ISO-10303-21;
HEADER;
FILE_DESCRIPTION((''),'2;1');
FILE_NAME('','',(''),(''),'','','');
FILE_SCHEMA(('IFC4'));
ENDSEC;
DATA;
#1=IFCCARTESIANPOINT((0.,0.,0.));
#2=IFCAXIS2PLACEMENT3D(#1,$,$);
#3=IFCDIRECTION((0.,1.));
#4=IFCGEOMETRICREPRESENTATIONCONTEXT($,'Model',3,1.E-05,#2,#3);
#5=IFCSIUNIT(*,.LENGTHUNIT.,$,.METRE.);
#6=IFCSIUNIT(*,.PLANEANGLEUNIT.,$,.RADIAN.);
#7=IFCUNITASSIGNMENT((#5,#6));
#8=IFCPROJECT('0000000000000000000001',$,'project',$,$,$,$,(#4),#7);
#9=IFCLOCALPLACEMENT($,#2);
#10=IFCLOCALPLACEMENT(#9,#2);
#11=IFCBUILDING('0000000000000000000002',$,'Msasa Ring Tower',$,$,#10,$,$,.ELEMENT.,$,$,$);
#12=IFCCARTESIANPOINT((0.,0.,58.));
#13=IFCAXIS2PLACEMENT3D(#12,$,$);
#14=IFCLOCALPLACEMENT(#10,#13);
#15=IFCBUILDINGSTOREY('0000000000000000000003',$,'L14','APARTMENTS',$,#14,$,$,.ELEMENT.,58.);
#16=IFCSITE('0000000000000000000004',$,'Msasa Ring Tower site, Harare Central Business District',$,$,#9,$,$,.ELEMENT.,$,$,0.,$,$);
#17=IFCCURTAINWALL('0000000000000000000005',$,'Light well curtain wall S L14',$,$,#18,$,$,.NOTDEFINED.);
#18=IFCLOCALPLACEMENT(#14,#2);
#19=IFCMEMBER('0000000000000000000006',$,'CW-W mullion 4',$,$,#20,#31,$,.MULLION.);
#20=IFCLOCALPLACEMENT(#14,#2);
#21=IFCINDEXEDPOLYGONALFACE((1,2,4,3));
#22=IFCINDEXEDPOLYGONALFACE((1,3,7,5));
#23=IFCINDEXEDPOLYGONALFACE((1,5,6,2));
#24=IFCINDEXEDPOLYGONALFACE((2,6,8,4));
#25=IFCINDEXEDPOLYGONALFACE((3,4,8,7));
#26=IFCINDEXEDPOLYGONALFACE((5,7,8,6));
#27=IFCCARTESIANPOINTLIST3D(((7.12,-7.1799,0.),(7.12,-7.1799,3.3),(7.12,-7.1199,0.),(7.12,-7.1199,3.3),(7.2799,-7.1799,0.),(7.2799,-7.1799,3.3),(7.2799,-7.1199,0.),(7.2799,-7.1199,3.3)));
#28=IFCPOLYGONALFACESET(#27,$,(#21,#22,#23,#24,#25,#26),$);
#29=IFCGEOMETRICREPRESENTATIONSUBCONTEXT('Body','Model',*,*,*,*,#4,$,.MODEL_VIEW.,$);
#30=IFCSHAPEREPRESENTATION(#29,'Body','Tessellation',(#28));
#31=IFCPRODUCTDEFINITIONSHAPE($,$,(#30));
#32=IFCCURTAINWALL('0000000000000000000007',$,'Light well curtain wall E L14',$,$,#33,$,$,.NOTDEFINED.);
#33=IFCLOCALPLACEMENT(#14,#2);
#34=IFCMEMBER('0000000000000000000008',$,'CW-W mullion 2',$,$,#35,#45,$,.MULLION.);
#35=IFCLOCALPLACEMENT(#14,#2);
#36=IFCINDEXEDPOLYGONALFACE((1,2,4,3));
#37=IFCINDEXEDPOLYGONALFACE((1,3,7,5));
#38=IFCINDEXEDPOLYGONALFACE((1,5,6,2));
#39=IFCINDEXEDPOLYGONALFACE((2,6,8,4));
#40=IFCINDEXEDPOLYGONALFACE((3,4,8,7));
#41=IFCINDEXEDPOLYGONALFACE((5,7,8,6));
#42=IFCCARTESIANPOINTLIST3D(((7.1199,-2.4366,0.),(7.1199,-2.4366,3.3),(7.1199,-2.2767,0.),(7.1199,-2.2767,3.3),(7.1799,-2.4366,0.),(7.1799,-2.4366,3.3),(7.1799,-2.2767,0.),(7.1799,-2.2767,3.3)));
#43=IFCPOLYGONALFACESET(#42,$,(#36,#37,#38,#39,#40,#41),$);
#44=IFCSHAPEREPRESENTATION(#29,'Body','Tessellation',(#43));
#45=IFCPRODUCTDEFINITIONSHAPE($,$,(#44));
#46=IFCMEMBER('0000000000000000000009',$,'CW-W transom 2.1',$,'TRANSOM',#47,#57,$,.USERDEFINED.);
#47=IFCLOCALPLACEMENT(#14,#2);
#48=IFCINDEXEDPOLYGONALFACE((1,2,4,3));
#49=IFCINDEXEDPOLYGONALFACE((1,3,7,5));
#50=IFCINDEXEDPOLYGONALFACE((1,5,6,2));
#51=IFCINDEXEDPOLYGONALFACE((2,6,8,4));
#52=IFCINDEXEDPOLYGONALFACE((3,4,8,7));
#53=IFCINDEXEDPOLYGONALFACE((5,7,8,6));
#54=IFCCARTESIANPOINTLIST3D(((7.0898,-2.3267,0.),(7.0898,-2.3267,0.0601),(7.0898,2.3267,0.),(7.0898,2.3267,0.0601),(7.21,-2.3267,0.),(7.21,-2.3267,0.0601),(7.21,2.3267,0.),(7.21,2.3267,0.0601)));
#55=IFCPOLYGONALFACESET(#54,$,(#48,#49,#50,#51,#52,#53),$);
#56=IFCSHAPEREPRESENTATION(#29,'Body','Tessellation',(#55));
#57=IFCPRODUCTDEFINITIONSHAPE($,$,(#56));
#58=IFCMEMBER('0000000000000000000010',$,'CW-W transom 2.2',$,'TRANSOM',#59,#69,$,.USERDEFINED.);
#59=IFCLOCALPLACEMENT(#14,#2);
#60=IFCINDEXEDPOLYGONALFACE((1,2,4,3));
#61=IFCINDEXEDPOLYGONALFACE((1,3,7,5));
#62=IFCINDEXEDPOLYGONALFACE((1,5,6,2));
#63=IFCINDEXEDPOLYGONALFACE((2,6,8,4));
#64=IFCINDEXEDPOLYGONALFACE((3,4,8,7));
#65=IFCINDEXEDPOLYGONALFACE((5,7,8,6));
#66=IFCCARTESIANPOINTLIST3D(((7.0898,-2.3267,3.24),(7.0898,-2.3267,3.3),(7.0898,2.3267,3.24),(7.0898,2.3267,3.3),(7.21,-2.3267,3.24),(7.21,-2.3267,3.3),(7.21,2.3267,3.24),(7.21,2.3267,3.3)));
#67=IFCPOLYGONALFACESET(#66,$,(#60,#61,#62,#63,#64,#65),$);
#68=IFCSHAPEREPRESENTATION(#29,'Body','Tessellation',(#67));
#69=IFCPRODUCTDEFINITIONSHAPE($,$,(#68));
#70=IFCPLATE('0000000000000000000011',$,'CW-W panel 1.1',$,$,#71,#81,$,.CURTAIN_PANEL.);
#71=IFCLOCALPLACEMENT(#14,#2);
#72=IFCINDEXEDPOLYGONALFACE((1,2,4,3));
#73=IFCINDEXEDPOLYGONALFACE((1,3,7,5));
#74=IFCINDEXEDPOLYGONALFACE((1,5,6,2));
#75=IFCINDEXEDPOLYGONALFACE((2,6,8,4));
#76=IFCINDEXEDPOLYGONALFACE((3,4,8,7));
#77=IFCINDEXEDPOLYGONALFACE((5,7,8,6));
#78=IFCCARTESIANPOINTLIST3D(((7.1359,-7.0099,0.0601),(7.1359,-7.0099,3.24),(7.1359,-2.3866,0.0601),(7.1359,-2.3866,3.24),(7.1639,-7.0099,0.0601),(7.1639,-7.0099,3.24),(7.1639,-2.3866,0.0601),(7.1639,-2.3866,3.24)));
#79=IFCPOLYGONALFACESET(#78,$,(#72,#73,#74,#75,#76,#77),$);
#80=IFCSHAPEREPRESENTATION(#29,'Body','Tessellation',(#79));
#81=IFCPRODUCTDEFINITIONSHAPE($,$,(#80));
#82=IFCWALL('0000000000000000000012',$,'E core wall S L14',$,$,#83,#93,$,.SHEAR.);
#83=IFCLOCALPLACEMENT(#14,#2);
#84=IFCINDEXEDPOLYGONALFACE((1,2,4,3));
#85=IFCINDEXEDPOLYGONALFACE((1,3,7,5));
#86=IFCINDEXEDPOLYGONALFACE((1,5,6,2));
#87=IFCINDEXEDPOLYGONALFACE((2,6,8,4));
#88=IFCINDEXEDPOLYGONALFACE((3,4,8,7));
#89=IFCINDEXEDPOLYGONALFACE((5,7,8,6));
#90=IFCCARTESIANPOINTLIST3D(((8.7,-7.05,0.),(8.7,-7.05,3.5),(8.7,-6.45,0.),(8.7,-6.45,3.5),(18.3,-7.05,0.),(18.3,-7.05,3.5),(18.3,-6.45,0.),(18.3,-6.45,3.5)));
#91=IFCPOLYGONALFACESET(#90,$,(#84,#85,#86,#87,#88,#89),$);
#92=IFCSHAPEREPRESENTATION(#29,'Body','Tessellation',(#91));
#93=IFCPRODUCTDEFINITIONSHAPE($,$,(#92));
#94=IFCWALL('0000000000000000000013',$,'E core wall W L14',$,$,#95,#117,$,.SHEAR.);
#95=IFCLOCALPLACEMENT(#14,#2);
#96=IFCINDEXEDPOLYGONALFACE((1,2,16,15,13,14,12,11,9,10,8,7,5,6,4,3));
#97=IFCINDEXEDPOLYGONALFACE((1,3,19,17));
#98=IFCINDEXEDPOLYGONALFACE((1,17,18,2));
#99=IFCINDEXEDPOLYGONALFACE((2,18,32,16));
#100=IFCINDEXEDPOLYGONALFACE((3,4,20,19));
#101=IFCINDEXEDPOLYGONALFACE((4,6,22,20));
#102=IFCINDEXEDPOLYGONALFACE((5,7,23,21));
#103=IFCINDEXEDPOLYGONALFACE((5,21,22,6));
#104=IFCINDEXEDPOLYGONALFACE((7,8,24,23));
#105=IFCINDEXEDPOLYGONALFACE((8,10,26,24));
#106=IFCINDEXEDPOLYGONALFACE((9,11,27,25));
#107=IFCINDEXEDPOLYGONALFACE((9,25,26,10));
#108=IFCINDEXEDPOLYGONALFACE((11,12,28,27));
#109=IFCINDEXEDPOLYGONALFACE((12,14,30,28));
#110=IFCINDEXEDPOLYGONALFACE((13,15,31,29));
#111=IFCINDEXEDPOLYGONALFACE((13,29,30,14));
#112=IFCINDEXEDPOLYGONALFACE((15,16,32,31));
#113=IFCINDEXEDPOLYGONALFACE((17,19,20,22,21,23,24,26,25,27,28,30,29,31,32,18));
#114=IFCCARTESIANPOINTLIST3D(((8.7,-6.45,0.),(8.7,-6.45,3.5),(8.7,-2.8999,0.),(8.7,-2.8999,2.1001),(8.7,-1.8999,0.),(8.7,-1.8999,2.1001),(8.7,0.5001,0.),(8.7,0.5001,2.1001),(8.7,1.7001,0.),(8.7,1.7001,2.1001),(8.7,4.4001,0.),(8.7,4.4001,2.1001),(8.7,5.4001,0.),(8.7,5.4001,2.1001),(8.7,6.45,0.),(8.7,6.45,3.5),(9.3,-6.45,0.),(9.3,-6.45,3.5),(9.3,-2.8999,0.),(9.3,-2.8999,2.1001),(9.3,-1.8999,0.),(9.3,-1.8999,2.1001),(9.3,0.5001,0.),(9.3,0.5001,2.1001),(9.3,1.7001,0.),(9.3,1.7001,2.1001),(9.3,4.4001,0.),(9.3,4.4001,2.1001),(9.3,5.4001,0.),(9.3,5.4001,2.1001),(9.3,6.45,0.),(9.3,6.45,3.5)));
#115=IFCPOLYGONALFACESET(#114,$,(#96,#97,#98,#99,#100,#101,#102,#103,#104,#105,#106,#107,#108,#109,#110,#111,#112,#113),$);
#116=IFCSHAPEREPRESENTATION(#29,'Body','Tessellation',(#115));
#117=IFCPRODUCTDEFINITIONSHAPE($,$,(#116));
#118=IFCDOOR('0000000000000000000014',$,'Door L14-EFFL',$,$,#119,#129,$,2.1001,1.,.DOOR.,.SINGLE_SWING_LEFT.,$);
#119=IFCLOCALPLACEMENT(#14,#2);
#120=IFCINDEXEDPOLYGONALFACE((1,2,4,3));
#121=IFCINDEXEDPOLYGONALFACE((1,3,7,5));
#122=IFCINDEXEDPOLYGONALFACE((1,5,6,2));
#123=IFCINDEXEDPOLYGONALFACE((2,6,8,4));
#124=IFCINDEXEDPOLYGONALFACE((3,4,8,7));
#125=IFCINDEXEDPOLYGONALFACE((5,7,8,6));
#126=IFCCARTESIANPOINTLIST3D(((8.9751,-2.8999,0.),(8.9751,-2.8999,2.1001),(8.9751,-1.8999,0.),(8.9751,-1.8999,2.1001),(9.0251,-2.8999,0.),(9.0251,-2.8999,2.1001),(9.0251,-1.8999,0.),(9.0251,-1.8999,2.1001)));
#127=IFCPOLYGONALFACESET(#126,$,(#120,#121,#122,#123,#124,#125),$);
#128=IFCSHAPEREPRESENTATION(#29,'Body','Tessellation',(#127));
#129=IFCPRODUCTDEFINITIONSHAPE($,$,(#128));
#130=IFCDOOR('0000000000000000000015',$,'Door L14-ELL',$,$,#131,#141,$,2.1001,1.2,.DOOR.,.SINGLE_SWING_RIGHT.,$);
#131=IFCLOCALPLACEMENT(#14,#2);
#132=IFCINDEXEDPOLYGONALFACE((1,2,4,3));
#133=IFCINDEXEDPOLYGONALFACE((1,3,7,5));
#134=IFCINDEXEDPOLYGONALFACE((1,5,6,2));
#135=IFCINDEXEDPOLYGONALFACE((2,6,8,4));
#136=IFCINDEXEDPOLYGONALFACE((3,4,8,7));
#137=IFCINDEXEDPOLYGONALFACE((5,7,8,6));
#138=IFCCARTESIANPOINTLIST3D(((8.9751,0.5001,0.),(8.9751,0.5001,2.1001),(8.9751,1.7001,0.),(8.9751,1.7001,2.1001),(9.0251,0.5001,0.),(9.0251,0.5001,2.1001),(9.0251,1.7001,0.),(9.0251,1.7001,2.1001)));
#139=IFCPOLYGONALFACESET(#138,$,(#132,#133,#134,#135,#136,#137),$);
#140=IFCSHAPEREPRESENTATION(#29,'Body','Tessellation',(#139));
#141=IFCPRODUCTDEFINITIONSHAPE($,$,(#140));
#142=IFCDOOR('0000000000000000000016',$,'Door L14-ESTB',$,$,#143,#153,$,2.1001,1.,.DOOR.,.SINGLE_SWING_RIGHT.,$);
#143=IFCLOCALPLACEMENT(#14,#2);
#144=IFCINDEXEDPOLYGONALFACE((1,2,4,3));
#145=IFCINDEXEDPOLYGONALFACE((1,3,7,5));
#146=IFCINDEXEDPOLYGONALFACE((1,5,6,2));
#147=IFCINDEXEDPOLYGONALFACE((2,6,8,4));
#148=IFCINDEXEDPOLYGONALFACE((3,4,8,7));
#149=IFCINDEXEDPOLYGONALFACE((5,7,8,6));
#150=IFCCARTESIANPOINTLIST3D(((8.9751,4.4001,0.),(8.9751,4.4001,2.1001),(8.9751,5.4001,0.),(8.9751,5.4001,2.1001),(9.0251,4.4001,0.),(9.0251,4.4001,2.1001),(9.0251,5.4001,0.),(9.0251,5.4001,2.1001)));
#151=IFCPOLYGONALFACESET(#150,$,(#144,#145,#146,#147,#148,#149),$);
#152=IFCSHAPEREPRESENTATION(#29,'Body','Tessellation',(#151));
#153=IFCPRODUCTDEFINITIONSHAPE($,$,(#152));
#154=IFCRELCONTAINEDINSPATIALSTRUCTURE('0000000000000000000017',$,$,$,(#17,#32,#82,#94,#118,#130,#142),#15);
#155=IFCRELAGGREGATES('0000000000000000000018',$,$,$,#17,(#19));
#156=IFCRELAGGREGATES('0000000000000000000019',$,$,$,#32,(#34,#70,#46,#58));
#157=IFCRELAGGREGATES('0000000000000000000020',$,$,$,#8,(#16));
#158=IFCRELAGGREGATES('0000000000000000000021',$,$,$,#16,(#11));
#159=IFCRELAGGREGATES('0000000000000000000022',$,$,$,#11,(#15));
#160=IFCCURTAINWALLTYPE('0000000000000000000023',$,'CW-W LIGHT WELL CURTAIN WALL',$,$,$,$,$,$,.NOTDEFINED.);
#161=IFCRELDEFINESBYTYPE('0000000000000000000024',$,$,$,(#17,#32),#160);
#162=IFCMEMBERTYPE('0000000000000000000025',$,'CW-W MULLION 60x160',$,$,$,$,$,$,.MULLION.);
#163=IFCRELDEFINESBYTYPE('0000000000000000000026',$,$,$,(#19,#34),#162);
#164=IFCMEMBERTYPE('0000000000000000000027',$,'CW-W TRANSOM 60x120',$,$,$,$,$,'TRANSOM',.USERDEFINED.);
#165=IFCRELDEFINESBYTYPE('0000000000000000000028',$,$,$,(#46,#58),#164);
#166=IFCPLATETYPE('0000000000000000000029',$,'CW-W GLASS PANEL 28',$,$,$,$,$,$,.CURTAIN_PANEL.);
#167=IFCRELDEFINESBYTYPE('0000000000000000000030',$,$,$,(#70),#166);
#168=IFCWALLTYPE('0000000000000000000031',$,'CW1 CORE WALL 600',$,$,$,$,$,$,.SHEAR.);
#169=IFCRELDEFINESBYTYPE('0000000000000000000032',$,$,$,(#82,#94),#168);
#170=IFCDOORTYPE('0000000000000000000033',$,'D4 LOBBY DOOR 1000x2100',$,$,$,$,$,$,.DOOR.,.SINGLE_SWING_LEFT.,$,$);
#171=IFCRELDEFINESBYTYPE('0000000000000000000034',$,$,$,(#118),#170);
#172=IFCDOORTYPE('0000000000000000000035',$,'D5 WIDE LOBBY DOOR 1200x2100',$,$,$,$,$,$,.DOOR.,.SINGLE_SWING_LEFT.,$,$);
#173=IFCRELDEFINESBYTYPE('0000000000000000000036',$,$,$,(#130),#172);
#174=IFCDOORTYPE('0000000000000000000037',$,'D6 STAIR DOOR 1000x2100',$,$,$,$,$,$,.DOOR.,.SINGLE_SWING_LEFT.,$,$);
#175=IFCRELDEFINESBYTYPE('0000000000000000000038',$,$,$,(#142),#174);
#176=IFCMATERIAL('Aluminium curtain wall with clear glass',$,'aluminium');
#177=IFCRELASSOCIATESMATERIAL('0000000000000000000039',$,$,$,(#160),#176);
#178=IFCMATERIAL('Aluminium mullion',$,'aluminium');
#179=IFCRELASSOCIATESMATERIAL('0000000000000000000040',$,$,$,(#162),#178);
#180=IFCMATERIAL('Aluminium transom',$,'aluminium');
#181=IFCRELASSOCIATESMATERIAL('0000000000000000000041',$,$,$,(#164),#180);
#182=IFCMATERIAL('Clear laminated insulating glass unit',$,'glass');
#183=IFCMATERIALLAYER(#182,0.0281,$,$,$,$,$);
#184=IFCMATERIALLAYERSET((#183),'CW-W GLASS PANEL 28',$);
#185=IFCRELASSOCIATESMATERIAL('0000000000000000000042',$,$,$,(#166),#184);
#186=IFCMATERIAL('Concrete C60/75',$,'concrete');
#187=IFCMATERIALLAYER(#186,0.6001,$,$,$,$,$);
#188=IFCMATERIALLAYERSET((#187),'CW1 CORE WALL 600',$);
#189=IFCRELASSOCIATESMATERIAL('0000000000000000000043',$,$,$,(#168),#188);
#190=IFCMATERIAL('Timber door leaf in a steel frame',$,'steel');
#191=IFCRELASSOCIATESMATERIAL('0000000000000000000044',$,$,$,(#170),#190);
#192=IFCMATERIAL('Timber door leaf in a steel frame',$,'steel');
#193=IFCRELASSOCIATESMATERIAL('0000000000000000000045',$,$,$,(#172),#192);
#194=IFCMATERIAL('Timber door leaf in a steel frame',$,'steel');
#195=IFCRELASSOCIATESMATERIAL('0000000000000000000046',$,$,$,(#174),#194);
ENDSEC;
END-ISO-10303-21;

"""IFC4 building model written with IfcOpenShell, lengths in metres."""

from ifc_helpers import new_model, si_unit, direction, frame, frame_2d, origin, origin_2d, place, context, subcontext, project, spatial, rectangle, extrude, material, layer, layer_set, material_profile, profile_set, type_object, element, fill, aggregate, save


model = new_model("IFC4")

# Units and contexts
model_context = context("Model", 3, precision=1e-05, world=origin(), true_north=direction((0.0, 1.0)))
body_context = subcontext(model_context, "Body", "Model", "MODEL_VIEW")
ifc_project = project(units=[si_unit("LENGTHUNIT", "METRE"), si_unit("PLANEANGLEUNIT", "RADIAN")], contexts=[model_context])

# Site, building, storey
site_placement = place(None, origin())
site = spatial("IfcSite", under=ifc_project, at=site_placement, Name="Msasa Ring Tower site, Harare Central Business District", CompositionType="ELEMENT", RefElevation=0.0)
building_placement = place(site_placement, origin())
building = spatial("IfcBuilding", under=site, at=building_placement, Name="Msasa Ring Tower", CompositionType="ELEMENT")
storey_placement = place(building_placement, frame((0.0, 0.0, 58.0)))
storey = spatial("IfcBuildingStorey", under=building, at=storey_placement, Name="L14", Description="APARTMENTS", CompositionType="ELEMENT", Elevation=58.0)

# Curtain wall, member
ifc_material_1 = material(Name="Aluminium curtain wall with clear glass", Category="aluminium")
curtain_wall_type = type_object("IfcCurtainWallType", Name="CW-W LIGHT WELL CURTAIN WALL", PredefinedType="NOTDEFINED", material=ifc_material_1)
curtain_wall_1_placement = place(storey_placement, origin())
curtain_wall_1 = element("IfcCurtainWall", 1, at=curtain_wall_1_placement, inside=storey, type_object=curtain_wall_type, Name="Light well curtain wall S L14", PredefinedType="NOTDEFINED")
ifc_material_2 = material(Name="Aluminium mullion", Category="aluminium")
ifc_material_profile_1 = material_profile(ifc_material_2, rectangle(XDim=0.0601, YDim=0.1599, at=origin_2d()), Name="AL 60x160")
ifc_profile_set_1 = profile_set([ifc_material_profile_1], Name="Aluminium mullion")
member_type_1 = type_object("IfcMemberType", Name="CW-W MULLION 60x160", PredefinedType="MULLION", material=ifc_profile_set_1)
member_1_placement = place(storey_placement, frame((7.2, -7.1499, 0.0), z_axis=(0.0, 0.0, 1.0), x_axis=(0.0, 1.0, 0.0)))
member_1 = element("IfcMember", 2, at=member_1_placement, type_object=member_type_1, Name="CW-W mullion 4", PredefinedType="MULLION", context=body_context, shape_type="SweptSolid", body=[
    extrude(rectangle(XDim=0.0601, YDim=0.1599, at=origin_2d()), origin(), (0.0, 0.0, 1.0), 3.3),
])
aggregate(curtain_wall_1, [member_1])

# Curtain wall, members, plate
curtain_wall_2_placement = place(storey_placement, origin())
curtain_wall_2 = element("IfcCurtainWall", 3, at=curtain_wall_2_placement, inside=storey, type_object=curtain_wall_type, Name="Light well curtain wall E L14", PredefinedType="NOTDEFINED")
member_2_placement = place(storey_placement, frame((7.1499, -2.3567, 0.0), z_axis=(0.0, 0.0, 1.0), x_axis=(-1.0, 0.0, 0.0)))
member_2 = element("IfcMember", 4, at=member_2_placement, type_object=member_type_1, Name="CW-W mullion 2", PredefinedType="MULLION", context=body_context, shape_type="SweptSolid", body=[
    extrude(rectangle(XDim=0.0601, YDim=0.1599, at=origin_2d()), origin(), (0.0, 0.0, 1.0), 3.3),
])
ifc_material_3 = material(Name="Aluminium transom", Category="aluminium")
ifc_material_profile_2 = material_profile(ifc_material_3, rectangle(XDim=0.1201, YDim=0.0601, at=origin_2d()), Name="AL 60x120")
ifc_profile_set_2 = profile_set([ifc_material_profile_2], Name="Aluminium transom")
member_type_2 = type_object("IfcMemberType", Name="CW-W TRANSOM 60x120", ElementType="TRANSOM", PredefinedType="USERDEFINED", material=ifc_profile_set_2)
member_3_placement = place(storey_placement, frame((7.1499, -2.3267, 0.03), z_axis=(0.0, 1.0, 0.0), x_axis=(-1.0, 0.0, 0.0)))
member_3 = element("IfcMember", 5, at=member_3_placement, type_object=member_type_2, Name="CW-W transom 2.1", ObjectType="TRANSOM", PredefinedType="USERDEFINED", context=body_context, shape_type="SweptSolid", body=[
    extrude(rectangle(XDim=0.1201, YDim=0.0601, at=origin_2d()), origin(), (0.0, 0.0, 1.0), 4.6533),
])
member_4_placement = place(storey_placement, frame((7.1499, -2.3267, 3.27), z_axis=(0.0, 1.0, 0.0), x_axis=(-1.0, 0.0, 0.0)))
member_4 = element("IfcMember", 6, at=member_4_placement, type_object=member_type_2, Name="CW-W transom 2.2", ObjectType="TRANSOM", PredefinedType="USERDEFINED", context=body_context, shape_type="SweptSolid", body=[
    extrude(rectangle(XDim=0.1201, YDim=0.0601, at=origin_2d()), origin(), (0.0, 0.0, 1.0), 4.6533),
])
ifc_material_4 = material(Name="Clear laminated insulating glass unit", Category="glass")
ifc_layer_1 = layer(ifc_material_4, 0.0281)
ifc_layer_set_1 = layer_set([ifc_layer_1], Name="CW-W GLASS PANEL 28")
plate_type = type_object("IfcPlateType", Name="CW-W GLASS PANEL 28", PredefinedType="CURTAIN_PANEL", material=ifc_layer_set_1)
plate_placement = place(storey_placement, frame((7.1499, -4.6982, 0.0601), z_axis=(0.0, 0.0, 1.0), x_axis=(0.0, 1.0, 0.0)))
plate = element("IfcPlate", 7, at=plate_placement, type_object=plate_type, Name="CW-W panel 1.1", PredefinedType="CURTAIN_PANEL", context=body_context, shape_type="SweptSolid", body=[
    extrude(rectangle(XDim=4.6233, YDim=0.0281, at=origin_2d()), origin(), (0.0, 0.0, 1.0), 3.1799),
])
aggregate(curtain_wall_2, [member_2, plate, member_3, member_4])

# Wall
ifc_material_5 = material(Name="Concrete C60/75", Category="concrete")
ifc_layer_2 = layer(ifc_material_5, 0.6001)
ifc_layer_set_2 = layer_set([ifc_layer_2], Name="CW1 CORE WALL 600")
wall_type_1 = type_object("IfcWallType", Name="CW1 CORE WALL 600", PredefinedType="SHEAR", material=ifc_layer_set_2)
wall_1_placement = place(storey_placement, frame((8.7, -6.75, 0.0), z_axis=(0.0, 0.0, 1.0), x_axis=(1.0, 0.0, 0.0)))
element("IfcWall", 8, at=wall_1_placement, inside=storey, type_object=wall_type_1, Name="E core wall S L14", PredefinedType="SHEAR", context=body_context, shape_type="SweptSolid", body=[
    extrude(rectangle(XDim=9.6001, YDim=0.6001, at=frame_2d((4.8, 0.0))), origin(), (0.0, 0.0, 1.0), 3.5),
])

# Wall, openings, doors
wall_2_placement = place(storey_placement, frame((9.0, -6.45, 0.0), z_axis=(0.0, 0.0, 1.0), x_axis=(0.0, 1.0, 0.0)))
wall_2 = element("IfcWall", 9, at=wall_2_placement, inside=storey, type_object=wall_type_1, Name="E core wall W L14", PredefinedType="SHEAR", context=body_context, shape_type="SweptSolid", body=[
    extrude(rectangle(XDim=12.8999, YDim=0.6001, at=frame_2d((6.45, 0.0))), origin(), (0.0, 0.0, 1.0), 3.5),
])
opening_1_placement = place(wall_2_placement, frame((3.55, 0.0, 0.0)))
opening_1 = element("IfcOpeningElement", 10, at=opening_1_placement, cuts=wall_2, PredefinedType="OPENING", context=body_context, shape_type="SweptSolid", body=[
    extrude(rectangle(XDim=1.0, YDim=2.1001, at=frame_2d((0.5, 1.05))), frame((0.0, 0.3101, 0.0), z_axis=(0.0, -1.0, 0.0), x_axis=(1.0, 0.0, 0.0)), (0.0, 0.0, 1.0), 0.6201),
])
opening_2_placement = place(wall_2_placement, frame((6.95, 0.0, 0.0)))
opening_2 = element("IfcOpeningElement", 11, at=opening_2_placement, cuts=wall_2, PredefinedType="OPENING", context=body_context, shape_type="SweptSolid", body=[
    extrude(rectangle(XDim=1.2, YDim=2.1001, at=frame_2d((0.6001, 1.05))), frame((0.0, 0.3101, 0.0), z_axis=(0.0, -1.0, 0.0), x_axis=(1.0, 0.0, 0.0)), (0.0, 0.0, 1.0), 0.6201),
])
opening_3_placement = place(wall_2_placement, frame((10.8501, 0.0, 0.0)))
opening_3 = element("IfcOpeningElement", 12, at=opening_3_placement, cuts=wall_2, PredefinedType="OPENING", context=body_context, shape_type="SweptSolid", body=[
    extrude(rectangle(XDim=1.0, YDim=2.1001, at=frame_2d((0.5, 1.05))), frame((0.0, 0.3101, 0.0), z_axis=(0.0, -1.0, 0.0), x_axis=(1.0, 0.0, 0.0)), (0.0, 0.0, 1.0), 0.6201),
])
ifc_material_6 = material(Name="Timber door leaf in a steel frame", Category="steel")
door_type_1 = type_object("IfcDoorType", Name="D4 LOBBY DOOR 1000x2100", OperationType="SINGLE_SWING_LEFT", PredefinedType="DOOR", material=ifc_material_6)
door_1_placement = place(opening_1_placement, origin())
door_1 = element("IfcDoor", 13, at=door_1_placement, inside=storey, type_object=door_type_1, Name="Door L14-EFFL", OperationType="SINGLE_SWING_LEFT", OverallHeight=2.1001, OverallWidth=1.0, PredefinedType="DOOR", context=body_context, shape_type="SweptSolid", body=[
    extrude(rectangle(XDim=1.0, YDim=2.1001, at=frame_2d((0.5, 1.05))), frame((0.0, 0.0249, 0.0), z_axis=(0.0, -1.0, 0.0), x_axis=(1.0, 0.0, 0.0)), (0.0, 0.0, 1.0), 0.05),
])
fill(opening_1, door_1)
ifc_material_7 = material(Name="Timber door leaf in a steel frame", Category="steel")
door_type_2 = type_object("IfcDoorType", Name="D5 WIDE LOBBY DOOR 1200x2100", OperationType="SINGLE_SWING_LEFT", PredefinedType="DOOR", material=ifc_material_7)
door_2_placement = place(opening_2_placement, origin())
door_2 = element("IfcDoor", 14, at=door_2_placement, inside=storey, type_object=door_type_2, Name="Door L14-ELL", OperationType="SINGLE_SWING_RIGHT", OverallHeight=2.1001, OverallWidth=1.2, PredefinedType="DOOR", context=body_context, shape_type="SweptSolid", body=[
    extrude(rectangle(XDim=1.2, YDim=2.1001, at=frame_2d((0.6001, 1.05))), frame((0.0, 0.0249, 0.0), z_axis=(0.0, -1.0, 0.0), x_axis=(1.0, 0.0, 0.0)), (0.0, 0.0, 1.0), 0.05),
])
fill(opening_2, door_2)
ifc_material_8 = material(Name="Timber door leaf in a steel frame", Category="steel")
door_type_3 = type_object("IfcDoorType", Name="D6 STAIR DOOR 1000x2100", OperationType="SINGLE_SWING_LEFT", PredefinedType="DOOR", material=ifc_material_8)
door_3_placement = place(opening_3_placement, origin())
door_3 = element("IfcDoor", 15, at=door_3_placement, inside=storey, type_object=door_type_3, Name="Door L14-ESTB", OperationType="SINGLE_SWING_RIGHT", OverallHeight=2.1001, OverallWidth=1.0, PredefinedType="DOOR", context=body_context, shape_type="SweptSolid", body=[
    extrude(rectangle(XDim=1.0, YDim=2.1001, at=frame_2d((0.5, 1.05))), frame((0.0, 0.0249, 0.0), z_axis=(0.0, -1.0, 0.0), x_axis=(1.0, 0.0, 0.0)), (0.0, 0.0, 1.0), 0.05),
])
fill(opening_3, door_3)

save(model, "model.ifc")
